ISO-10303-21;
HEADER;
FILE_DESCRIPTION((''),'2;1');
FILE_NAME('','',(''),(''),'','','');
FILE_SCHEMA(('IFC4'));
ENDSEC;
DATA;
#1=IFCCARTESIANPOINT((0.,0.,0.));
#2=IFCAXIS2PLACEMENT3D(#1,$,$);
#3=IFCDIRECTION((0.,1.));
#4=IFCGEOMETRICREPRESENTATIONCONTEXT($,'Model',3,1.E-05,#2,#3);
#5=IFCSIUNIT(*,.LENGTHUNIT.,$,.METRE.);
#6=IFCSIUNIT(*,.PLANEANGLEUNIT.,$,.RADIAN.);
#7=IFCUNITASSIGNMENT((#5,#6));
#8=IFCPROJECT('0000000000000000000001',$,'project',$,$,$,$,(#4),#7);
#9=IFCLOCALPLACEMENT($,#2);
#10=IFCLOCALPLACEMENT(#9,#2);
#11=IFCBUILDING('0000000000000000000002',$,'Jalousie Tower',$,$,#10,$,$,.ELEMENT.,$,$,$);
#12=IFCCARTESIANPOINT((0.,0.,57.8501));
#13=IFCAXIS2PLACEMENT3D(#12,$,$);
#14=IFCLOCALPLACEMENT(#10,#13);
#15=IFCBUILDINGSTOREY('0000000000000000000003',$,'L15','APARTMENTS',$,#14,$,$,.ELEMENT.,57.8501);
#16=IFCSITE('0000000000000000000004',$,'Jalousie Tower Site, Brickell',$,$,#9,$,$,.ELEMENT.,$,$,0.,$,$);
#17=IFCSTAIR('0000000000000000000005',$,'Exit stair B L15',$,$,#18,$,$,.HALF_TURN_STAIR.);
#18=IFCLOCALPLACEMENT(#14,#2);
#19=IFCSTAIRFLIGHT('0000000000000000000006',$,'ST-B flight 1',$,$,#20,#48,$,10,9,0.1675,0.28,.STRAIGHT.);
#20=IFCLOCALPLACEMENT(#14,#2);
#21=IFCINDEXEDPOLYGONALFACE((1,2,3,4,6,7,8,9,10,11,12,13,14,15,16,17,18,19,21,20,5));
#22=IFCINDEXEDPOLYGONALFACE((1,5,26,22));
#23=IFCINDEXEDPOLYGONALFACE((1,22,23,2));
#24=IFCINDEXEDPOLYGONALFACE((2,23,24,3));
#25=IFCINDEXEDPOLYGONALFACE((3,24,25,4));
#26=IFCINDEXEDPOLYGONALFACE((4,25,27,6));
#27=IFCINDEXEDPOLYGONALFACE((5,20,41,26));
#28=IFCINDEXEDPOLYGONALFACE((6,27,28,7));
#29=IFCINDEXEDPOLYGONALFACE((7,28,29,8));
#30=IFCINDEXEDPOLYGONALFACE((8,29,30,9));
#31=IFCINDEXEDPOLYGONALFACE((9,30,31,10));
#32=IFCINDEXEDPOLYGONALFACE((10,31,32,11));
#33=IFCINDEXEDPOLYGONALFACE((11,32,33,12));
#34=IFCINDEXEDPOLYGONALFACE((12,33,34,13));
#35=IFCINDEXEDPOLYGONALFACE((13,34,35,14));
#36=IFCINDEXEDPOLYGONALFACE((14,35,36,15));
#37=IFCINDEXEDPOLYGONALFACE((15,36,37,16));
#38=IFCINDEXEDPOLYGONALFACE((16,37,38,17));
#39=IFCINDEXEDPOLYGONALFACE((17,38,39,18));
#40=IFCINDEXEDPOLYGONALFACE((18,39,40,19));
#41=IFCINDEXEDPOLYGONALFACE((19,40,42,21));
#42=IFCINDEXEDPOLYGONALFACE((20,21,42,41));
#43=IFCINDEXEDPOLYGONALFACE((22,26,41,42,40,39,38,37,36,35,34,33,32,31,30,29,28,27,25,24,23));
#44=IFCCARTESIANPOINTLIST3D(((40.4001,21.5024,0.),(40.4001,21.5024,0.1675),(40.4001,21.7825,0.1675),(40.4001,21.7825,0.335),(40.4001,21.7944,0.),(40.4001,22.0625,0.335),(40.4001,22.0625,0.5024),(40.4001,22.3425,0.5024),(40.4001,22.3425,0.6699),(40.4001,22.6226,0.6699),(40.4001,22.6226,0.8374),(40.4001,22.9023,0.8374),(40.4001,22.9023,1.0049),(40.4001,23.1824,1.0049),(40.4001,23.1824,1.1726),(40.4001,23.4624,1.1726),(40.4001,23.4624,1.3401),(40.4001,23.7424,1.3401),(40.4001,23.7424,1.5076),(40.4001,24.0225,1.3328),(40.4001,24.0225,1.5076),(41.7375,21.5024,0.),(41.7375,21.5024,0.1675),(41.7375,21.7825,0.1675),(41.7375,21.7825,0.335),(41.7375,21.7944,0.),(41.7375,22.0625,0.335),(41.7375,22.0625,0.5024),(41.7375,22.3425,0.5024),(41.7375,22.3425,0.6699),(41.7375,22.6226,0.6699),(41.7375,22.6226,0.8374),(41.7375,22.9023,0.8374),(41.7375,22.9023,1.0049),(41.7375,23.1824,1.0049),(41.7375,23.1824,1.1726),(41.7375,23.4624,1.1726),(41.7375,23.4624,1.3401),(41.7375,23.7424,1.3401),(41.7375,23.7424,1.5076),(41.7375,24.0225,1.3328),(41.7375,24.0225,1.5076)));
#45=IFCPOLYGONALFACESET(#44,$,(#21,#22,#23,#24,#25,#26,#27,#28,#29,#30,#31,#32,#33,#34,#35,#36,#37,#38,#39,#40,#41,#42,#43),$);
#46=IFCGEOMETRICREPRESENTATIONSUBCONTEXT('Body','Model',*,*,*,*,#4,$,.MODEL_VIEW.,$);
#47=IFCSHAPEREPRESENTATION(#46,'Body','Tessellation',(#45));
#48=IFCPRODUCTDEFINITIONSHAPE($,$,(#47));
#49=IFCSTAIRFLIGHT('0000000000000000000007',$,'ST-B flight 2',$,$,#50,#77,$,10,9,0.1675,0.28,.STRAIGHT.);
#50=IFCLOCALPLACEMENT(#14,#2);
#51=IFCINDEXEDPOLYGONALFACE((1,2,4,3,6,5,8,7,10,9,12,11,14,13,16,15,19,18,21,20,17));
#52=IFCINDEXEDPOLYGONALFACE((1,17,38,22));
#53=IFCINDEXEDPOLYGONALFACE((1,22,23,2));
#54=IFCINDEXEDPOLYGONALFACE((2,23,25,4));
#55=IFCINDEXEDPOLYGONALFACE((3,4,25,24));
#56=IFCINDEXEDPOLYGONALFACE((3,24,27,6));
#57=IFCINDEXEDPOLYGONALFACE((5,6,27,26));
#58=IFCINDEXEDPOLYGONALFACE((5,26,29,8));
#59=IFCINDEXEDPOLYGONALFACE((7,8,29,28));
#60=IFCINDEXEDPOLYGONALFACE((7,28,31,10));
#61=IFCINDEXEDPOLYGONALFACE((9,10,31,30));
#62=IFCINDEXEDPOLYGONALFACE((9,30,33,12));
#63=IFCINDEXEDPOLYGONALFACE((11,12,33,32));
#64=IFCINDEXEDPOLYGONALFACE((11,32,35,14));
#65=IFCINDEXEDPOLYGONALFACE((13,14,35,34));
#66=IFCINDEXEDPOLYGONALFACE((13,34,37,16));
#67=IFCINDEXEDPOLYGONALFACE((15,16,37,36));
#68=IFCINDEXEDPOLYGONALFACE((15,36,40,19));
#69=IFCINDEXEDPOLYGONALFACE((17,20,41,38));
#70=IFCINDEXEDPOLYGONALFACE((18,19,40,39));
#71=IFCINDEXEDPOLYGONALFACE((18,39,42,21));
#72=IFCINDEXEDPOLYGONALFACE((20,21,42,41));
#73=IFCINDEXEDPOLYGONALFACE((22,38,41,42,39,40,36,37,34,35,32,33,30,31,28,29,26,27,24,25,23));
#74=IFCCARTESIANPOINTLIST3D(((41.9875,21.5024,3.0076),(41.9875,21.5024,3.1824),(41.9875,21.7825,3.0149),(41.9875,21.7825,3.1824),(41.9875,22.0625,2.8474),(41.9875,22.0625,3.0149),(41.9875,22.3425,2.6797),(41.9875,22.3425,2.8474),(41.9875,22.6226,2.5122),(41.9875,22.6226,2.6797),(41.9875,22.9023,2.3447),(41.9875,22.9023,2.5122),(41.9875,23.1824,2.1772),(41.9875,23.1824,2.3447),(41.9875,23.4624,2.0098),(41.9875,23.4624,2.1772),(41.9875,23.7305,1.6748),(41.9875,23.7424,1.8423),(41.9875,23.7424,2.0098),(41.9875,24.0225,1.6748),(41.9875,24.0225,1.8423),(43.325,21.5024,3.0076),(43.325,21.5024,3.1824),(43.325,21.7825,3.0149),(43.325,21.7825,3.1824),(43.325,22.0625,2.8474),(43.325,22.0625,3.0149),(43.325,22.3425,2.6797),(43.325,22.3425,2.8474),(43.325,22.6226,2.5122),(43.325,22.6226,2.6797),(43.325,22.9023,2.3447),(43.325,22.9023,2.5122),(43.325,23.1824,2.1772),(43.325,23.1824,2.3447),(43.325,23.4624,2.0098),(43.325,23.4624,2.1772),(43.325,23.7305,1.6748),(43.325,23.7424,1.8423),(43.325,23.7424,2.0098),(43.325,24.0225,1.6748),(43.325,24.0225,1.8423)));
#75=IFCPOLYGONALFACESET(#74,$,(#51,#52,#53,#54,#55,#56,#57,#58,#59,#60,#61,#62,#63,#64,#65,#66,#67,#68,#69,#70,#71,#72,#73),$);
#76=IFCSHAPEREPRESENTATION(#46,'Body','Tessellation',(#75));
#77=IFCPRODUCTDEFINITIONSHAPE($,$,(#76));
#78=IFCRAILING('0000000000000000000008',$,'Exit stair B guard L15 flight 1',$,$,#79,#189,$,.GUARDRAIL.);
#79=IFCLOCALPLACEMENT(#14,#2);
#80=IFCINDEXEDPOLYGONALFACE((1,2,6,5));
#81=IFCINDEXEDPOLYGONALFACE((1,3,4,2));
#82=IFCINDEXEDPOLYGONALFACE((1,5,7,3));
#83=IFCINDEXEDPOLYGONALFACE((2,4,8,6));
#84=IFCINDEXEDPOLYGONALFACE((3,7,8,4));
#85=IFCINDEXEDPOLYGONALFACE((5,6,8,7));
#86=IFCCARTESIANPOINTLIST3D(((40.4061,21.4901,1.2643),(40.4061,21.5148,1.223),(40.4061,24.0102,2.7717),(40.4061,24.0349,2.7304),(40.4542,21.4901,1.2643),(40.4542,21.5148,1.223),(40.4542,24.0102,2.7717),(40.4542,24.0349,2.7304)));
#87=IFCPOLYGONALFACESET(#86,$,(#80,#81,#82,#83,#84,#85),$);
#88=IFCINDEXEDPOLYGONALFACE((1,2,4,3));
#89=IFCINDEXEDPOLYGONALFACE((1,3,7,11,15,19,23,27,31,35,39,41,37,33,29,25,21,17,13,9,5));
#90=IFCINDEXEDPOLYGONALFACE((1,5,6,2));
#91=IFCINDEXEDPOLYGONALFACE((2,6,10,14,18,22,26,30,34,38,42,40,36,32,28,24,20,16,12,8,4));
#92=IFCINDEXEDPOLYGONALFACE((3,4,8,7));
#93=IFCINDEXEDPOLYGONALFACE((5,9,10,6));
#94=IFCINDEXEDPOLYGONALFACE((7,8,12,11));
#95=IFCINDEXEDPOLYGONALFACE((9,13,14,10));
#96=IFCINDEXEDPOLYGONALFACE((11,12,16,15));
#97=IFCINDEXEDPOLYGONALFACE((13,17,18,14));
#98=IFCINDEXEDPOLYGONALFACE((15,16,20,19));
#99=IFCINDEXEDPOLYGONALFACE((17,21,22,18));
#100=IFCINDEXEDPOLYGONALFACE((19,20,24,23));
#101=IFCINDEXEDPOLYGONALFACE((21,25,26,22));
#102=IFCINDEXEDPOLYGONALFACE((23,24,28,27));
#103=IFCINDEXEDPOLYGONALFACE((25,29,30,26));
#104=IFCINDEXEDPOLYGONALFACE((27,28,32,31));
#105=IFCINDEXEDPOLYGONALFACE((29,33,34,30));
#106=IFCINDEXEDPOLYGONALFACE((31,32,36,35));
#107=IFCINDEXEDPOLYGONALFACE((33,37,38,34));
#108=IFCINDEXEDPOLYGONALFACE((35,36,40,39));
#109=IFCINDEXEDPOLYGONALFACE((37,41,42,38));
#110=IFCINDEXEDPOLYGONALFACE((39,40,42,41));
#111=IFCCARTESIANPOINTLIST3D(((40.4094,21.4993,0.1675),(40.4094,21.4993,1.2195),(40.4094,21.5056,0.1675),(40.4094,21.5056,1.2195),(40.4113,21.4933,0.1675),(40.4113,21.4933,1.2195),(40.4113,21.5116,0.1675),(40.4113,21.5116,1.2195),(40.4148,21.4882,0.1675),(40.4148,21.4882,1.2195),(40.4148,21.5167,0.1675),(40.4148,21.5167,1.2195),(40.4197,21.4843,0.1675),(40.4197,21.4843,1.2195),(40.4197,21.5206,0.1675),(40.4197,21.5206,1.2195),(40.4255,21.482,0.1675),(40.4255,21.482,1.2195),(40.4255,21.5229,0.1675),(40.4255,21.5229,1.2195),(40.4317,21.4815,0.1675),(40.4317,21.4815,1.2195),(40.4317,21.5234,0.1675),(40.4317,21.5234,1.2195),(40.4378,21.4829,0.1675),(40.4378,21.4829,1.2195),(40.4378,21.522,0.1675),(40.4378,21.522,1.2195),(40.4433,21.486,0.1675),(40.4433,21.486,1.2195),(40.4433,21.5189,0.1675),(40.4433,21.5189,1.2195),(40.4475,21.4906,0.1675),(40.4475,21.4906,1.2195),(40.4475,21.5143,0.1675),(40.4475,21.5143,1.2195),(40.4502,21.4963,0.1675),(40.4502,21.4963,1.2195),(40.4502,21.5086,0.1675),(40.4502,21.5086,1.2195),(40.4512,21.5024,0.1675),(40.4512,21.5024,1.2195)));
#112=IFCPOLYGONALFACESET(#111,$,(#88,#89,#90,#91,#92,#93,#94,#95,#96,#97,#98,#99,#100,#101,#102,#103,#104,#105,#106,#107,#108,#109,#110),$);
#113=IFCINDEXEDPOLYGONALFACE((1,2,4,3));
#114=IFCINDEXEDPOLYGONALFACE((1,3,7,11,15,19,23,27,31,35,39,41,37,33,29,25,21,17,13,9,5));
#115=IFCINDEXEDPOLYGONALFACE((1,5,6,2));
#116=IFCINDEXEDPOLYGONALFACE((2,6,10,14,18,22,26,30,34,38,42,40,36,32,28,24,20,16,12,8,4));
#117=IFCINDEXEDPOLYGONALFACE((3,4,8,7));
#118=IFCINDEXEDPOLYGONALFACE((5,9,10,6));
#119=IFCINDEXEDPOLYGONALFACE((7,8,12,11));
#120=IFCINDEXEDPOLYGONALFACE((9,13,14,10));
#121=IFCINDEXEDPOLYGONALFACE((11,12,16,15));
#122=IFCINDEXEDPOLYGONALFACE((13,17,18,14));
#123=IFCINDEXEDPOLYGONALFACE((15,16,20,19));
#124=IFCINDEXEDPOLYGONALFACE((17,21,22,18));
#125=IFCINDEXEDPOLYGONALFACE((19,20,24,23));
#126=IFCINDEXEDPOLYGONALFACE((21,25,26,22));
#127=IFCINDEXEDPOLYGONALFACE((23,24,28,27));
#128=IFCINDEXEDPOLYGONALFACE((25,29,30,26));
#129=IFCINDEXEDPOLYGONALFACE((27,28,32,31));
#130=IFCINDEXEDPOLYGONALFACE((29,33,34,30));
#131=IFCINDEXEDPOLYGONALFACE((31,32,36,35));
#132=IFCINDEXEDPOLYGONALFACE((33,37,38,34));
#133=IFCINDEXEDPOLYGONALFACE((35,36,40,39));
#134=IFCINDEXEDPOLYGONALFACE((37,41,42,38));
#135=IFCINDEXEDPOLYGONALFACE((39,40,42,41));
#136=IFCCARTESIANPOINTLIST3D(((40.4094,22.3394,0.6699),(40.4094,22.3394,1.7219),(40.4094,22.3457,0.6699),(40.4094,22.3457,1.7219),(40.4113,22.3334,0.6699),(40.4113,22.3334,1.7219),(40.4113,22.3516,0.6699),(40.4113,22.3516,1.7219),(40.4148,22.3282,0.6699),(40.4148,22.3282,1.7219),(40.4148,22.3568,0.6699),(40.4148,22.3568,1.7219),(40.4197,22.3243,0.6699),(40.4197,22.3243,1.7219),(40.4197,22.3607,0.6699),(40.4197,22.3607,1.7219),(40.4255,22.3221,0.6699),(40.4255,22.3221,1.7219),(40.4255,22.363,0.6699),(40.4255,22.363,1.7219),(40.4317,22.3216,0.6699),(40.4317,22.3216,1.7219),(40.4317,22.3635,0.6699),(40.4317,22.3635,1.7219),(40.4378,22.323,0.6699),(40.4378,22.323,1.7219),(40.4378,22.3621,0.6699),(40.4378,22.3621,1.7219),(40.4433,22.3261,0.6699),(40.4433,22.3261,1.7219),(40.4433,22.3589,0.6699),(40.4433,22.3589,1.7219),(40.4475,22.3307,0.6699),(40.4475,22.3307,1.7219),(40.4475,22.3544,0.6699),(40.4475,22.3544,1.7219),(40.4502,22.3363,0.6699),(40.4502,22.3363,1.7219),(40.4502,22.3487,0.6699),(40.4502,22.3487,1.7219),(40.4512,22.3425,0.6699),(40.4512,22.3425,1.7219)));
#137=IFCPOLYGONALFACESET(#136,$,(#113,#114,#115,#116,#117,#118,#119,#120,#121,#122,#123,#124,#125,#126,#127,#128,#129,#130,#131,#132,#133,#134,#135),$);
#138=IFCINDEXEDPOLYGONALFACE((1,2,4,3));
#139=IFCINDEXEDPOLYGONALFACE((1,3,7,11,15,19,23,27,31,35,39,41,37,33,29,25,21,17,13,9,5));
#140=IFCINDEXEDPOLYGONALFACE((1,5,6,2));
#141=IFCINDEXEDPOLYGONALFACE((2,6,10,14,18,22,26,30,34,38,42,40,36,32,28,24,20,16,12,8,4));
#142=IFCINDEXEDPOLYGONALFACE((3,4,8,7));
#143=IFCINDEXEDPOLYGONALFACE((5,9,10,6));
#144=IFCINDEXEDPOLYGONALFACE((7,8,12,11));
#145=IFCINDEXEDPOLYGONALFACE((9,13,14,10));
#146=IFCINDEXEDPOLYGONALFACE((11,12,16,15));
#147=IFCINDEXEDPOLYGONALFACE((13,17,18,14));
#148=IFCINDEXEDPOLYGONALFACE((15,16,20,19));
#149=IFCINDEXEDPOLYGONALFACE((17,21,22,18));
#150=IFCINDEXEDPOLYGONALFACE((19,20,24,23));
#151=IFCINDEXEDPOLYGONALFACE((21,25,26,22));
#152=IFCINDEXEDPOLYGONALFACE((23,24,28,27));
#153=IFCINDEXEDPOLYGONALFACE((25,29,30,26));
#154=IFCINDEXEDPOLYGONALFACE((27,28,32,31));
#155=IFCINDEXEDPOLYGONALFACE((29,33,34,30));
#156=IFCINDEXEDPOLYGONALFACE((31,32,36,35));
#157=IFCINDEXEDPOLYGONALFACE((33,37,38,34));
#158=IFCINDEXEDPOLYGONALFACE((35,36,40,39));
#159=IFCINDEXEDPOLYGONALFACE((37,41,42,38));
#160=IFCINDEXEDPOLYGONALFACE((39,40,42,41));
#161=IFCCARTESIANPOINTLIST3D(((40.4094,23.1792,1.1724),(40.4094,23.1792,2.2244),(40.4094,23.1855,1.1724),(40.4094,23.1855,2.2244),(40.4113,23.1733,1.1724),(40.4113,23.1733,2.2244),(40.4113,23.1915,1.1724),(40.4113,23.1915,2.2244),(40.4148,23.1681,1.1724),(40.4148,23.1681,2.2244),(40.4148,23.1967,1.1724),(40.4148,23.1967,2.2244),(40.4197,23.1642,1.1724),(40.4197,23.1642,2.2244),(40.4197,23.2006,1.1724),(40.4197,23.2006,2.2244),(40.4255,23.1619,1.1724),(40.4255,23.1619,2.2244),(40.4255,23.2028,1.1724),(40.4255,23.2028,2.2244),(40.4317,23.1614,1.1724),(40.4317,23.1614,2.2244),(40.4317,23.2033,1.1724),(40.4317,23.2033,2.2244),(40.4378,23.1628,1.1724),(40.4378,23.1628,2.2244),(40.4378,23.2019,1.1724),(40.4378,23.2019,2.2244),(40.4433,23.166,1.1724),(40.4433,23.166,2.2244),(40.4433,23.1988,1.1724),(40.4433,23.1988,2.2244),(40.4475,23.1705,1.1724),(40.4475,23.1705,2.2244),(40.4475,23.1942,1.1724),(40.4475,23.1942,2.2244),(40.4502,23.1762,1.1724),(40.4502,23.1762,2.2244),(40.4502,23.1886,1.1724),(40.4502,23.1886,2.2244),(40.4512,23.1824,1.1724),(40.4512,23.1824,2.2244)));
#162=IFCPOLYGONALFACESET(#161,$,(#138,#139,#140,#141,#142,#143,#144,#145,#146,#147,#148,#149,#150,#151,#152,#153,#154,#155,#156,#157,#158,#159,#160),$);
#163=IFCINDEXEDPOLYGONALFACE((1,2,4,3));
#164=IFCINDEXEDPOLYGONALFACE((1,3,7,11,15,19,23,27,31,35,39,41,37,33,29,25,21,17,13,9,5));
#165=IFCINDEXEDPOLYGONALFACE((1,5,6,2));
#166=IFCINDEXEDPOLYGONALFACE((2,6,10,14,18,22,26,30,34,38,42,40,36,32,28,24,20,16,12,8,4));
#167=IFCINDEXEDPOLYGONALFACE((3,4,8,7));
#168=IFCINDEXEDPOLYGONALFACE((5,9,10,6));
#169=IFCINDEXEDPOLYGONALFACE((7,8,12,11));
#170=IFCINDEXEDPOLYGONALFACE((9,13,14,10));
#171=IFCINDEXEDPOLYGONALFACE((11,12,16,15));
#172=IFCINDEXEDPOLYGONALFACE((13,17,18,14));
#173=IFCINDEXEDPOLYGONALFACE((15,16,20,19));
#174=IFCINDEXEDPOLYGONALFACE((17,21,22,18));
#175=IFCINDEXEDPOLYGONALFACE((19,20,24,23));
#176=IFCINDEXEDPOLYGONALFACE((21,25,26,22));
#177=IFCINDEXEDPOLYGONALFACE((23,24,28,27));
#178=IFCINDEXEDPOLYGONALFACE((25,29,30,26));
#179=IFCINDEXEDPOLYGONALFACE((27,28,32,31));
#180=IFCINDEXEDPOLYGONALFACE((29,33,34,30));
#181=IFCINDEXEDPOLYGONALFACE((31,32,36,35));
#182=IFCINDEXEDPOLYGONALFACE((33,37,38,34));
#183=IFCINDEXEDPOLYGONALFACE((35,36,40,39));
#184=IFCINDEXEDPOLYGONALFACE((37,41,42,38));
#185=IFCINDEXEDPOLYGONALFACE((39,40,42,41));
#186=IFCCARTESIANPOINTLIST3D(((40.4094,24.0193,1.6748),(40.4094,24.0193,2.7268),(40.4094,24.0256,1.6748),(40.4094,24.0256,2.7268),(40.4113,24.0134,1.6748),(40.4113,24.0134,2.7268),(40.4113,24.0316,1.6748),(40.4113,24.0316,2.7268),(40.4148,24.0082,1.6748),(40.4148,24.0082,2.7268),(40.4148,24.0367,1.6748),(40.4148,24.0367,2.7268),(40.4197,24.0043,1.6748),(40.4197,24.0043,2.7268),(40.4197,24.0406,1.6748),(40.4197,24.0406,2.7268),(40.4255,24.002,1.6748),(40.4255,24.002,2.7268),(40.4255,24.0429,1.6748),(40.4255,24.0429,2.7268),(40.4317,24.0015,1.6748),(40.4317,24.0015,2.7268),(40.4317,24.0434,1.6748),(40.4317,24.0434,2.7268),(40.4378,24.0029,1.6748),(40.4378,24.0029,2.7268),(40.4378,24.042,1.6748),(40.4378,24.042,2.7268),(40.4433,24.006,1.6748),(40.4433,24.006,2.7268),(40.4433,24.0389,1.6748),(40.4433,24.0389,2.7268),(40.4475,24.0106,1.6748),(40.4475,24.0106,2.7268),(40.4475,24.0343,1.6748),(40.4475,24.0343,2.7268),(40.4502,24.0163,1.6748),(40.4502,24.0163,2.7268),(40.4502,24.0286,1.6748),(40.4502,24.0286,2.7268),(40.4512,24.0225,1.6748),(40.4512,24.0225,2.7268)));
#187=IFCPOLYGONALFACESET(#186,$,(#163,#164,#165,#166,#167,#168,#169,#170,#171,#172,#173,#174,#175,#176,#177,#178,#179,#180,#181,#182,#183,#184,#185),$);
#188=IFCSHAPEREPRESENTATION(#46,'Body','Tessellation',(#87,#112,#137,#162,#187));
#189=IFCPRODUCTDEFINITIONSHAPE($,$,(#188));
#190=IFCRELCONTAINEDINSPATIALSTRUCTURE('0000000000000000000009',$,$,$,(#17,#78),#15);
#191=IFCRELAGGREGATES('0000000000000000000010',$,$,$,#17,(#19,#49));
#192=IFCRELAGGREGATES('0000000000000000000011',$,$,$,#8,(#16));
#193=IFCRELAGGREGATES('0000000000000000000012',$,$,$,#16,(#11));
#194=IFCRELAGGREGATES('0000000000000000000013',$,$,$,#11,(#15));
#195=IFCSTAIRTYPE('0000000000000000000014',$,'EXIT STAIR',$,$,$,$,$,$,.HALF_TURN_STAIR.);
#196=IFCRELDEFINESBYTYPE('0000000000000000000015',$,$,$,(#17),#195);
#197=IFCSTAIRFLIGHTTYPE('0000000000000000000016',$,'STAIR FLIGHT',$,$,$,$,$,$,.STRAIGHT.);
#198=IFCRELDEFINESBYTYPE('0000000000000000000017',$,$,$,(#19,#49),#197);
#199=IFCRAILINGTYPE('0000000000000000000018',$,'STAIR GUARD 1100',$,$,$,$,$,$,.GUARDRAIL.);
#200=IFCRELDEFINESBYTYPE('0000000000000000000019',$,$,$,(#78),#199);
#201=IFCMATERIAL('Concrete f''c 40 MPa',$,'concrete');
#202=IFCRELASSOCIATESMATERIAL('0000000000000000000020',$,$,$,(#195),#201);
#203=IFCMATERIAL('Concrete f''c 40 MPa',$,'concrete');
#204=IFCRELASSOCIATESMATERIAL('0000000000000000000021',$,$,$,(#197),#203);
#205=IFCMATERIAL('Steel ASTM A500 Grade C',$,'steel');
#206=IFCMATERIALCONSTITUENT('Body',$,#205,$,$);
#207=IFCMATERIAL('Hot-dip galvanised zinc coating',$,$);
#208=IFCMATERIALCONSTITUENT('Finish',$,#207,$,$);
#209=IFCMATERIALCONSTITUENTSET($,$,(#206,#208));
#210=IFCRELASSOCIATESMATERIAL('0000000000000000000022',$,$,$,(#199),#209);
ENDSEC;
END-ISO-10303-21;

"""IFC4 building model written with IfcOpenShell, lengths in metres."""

from ifc_helpers import new_model, si_unit, direction, frame, origin, origin_2d, place, context, subcontext, project, spatial, polyline, rectangle, circle, outline, extrude, material, constituent, constituent_set, type_object, element, aggregate, save


model = new_model("IFC4")

# Units and contexts
model_context = context("Model", 3, precision=1e-05, world=origin(), true_north=direction((0.0, 1.0)))
body_context = subcontext(model_context, "Body", "Model", "MODEL_VIEW")
ifc_project = project(units=[si_unit("LENGTHUNIT", "METRE"), si_unit("PLANEANGLEUNIT", "RADIAN")], contexts=[model_context])

# Site, building, storey
site_placement = place(None, origin())
site = spatial("IfcSite", under=ifc_project, at=site_placement, Name="Jalousie Tower Site, Brickell", CompositionType="ELEMENT", RefElevation=0.0)
building_placement = place(site_placement, origin())
building = spatial("IfcBuilding", under=site, at=building_placement, Name="Jalousie Tower", CompositionType="ELEMENT")
storey_placement = place(building_placement, frame((0.0, 0.0, 57.8501)))
storey = spatial("IfcBuildingStorey", under=building, at=storey_placement, Name="L15", Description="APARTMENTS", CompositionType="ELEMENT", Elevation=57.8501)

# Stair, stair flights
ifc_material_1 = material(Name="Concrete f'c 40 MPa", Category="concrete")
stair_type = type_object("IfcStairType", Name="EXIT STAIR", PredefinedType="HALF_TURN_STAIR", material=ifc_material_1)
stair_placement = place(storey_placement, origin())
stair = element("IfcStair", 1, at=stair_placement, inside=storey, type_object=stair_type, Name="Exit stair B L15", PredefinedType="HALF_TURN_STAIR")
ifc_material_2 = material(Name="Concrete f'c 40 MPa", Category="concrete")
stair_flight_type = type_object("IfcStairFlightType", Name="STAIR FLIGHT", PredefinedType="STRAIGHT", material=ifc_material_2)
stair_flight_1_placement = place(storey_placement, frame((41.0688, 21.5024, 0.0), z_axis=(0.0, 0.0, 1.0), x_axis=(0.0, 1.0, 0.0)))
stair_flight_1 = element("IfcStairFlight", 2, at=stair_flight_1_placement, type_object=stair_flight_type, Name="ST-B flight 1", NumberOfRisers=10, NumberOfTreads=9, PredefinedType="STRAIGHT", RiserHeight=0.1675, TreadLength=0.28, context=body_context, shape_type="SweptSolid", body=[
    extrude(outline(polyline([(0.0, 0.0), (0.0, 0.1675), (0.28, 0.1675), (0.28, 0.335), (0.5601, 0.335), (0.5601, 0.5024), (0.8401, 0.5024), (0.8401, 0.6699), (1.1201, 0.6699), (1.1201, 0.8374), (1.3999, 0.8374), (1.3999, 1.0049), (1.6799, 1.0049), (1.6799, 1.1726), (1.96, 1.1726), (1.96, 1.3401), (2.24, 1.3401), (2.24, 1.5076), (2.52, 1.5076), (2.52, 1.675), (2.52, 1.3328), (0.292, 0.0), (0.0, 0.0)])), frame((0.0, 0.6687, 0.0), z_axis=(0.0, -1.0, 0.0), x_axis=(1.0, 0.0, 0.0)), (0.0, 0.0, 1.0), 1.3374),
])
stair_flight_2_placement = place(storey_placement, frame((42.6562, 24.0225, 1.6748), z_axis=(0.0, 0.0, 1.0), x_axis=(0.0, -1.0, 0.0)))
stair_flight_2 = element("IfcStairFlight", 3, at=stair_flight_2_placement, type_object=stair_flight_type, Name="ST-B flight 2", NumberOfRisers=10, NumberOfTreads=9, PredefinedType="STRAIGHT", RiserHeight=0.1675, TreadLength=0.28, context=body_context, shape_type="SweptSolid", body=[
    extrude(outline(polyline([(0.0, 0.0), (0.0, 0.1675), (0.28, 0.1675), (0.28, 0.335), (0.5601, 0.335), (0.5601, 0.5024), (0.8401, 0.5024), (0.8401, 0.6699), (1.1201, 0.6699), (1.1201, 0.8374), (1.3999, 0.8374), (1.3999, 1.0049), (1.6799, 1.0049), (1.6799, 1.1726), (1.96, 1.1726), (1.96, 1.3401), (2.24, 1.3401), (2.24, 1.5076), (2.52, 1.5076), (2.52, 1.675), (2.52, 1.3328), (0.292, 0.0), (0.0, 0.0)])), frame((0.0, 0.6687, 0.0), z_axis=(0.0, -1.0, 0.0), x_axis=(1.0, 0.0, 0.0)), (0.0, 0.0, 1.0), 1.3374),
])
aggregate(stair, [stair_flight_1, stair_flight_2])

# Railing
ifc_material_3 = material(Name="Steel ASTM A500 Grade C", Category="steel")
ifc_constituent_1 = constituent(ifc_material_3, Name="Body")
ifc_material_4 = material(Name="Hot-dip galvanised zinc coating")
ifc_constituent_2 = constituent(ifc_material_4, Name="Finish")
ifc_constituent_set_1 = constituent_set(constituents=[ifc_constituent_1, ifc_constituent_2])
railing_type_1 = type_object("IfcRailingType", Name="STAIR GUARD 1100", PredefinedType="GUARDRAIL", material=ifc_constituent_set_1)
railing_1_placement = place(storey_placement, frame((40.4302, 21.5024, 0.1675)))
element("IfcRailing", 4, at=railing_1_placement, inside=storey, type_object=railing_type_1, Name="Exit stair B guard L15 flight 1", PredefinedType="GUARDRAIL", context=body_context, shape_type="SweptSolid", body=[
    extrude(rectangle(XDim=0.0481, YDim=0.0481, at=origin_2d()), frame((0.0, 0.0, 1.0762), z_axis=(0.0, 0.858196, 0.513321), x_axis=(-1.0, 0.0, 0.0)), (0.0, 0.0, 1.0), 2.9365),
    extrude(circle(Radius=0.021, at=origin_2d()), origin(), (0.0, 0.0, 1.0), 1.052),
    extrude(circle(Radius=0.021, at=origin_2d()), frame((0.0, 0.8401, 0.5024)), (0.0, 0.0, 1.0), 1.052),
    extrude(circle(Radius=0.021, at=origin_2d()), frame((0.0, 1.6799, 1.0049)), (0.0, 0.0, 1.0), 1.052),
    extrude(circle(Radius=0.021, at=origin_2d()), frame((0.0, 2.52, 1.5073)), (0.0, 0.0, 1.0), 1.052),
])

save(model, "model.ifc")
